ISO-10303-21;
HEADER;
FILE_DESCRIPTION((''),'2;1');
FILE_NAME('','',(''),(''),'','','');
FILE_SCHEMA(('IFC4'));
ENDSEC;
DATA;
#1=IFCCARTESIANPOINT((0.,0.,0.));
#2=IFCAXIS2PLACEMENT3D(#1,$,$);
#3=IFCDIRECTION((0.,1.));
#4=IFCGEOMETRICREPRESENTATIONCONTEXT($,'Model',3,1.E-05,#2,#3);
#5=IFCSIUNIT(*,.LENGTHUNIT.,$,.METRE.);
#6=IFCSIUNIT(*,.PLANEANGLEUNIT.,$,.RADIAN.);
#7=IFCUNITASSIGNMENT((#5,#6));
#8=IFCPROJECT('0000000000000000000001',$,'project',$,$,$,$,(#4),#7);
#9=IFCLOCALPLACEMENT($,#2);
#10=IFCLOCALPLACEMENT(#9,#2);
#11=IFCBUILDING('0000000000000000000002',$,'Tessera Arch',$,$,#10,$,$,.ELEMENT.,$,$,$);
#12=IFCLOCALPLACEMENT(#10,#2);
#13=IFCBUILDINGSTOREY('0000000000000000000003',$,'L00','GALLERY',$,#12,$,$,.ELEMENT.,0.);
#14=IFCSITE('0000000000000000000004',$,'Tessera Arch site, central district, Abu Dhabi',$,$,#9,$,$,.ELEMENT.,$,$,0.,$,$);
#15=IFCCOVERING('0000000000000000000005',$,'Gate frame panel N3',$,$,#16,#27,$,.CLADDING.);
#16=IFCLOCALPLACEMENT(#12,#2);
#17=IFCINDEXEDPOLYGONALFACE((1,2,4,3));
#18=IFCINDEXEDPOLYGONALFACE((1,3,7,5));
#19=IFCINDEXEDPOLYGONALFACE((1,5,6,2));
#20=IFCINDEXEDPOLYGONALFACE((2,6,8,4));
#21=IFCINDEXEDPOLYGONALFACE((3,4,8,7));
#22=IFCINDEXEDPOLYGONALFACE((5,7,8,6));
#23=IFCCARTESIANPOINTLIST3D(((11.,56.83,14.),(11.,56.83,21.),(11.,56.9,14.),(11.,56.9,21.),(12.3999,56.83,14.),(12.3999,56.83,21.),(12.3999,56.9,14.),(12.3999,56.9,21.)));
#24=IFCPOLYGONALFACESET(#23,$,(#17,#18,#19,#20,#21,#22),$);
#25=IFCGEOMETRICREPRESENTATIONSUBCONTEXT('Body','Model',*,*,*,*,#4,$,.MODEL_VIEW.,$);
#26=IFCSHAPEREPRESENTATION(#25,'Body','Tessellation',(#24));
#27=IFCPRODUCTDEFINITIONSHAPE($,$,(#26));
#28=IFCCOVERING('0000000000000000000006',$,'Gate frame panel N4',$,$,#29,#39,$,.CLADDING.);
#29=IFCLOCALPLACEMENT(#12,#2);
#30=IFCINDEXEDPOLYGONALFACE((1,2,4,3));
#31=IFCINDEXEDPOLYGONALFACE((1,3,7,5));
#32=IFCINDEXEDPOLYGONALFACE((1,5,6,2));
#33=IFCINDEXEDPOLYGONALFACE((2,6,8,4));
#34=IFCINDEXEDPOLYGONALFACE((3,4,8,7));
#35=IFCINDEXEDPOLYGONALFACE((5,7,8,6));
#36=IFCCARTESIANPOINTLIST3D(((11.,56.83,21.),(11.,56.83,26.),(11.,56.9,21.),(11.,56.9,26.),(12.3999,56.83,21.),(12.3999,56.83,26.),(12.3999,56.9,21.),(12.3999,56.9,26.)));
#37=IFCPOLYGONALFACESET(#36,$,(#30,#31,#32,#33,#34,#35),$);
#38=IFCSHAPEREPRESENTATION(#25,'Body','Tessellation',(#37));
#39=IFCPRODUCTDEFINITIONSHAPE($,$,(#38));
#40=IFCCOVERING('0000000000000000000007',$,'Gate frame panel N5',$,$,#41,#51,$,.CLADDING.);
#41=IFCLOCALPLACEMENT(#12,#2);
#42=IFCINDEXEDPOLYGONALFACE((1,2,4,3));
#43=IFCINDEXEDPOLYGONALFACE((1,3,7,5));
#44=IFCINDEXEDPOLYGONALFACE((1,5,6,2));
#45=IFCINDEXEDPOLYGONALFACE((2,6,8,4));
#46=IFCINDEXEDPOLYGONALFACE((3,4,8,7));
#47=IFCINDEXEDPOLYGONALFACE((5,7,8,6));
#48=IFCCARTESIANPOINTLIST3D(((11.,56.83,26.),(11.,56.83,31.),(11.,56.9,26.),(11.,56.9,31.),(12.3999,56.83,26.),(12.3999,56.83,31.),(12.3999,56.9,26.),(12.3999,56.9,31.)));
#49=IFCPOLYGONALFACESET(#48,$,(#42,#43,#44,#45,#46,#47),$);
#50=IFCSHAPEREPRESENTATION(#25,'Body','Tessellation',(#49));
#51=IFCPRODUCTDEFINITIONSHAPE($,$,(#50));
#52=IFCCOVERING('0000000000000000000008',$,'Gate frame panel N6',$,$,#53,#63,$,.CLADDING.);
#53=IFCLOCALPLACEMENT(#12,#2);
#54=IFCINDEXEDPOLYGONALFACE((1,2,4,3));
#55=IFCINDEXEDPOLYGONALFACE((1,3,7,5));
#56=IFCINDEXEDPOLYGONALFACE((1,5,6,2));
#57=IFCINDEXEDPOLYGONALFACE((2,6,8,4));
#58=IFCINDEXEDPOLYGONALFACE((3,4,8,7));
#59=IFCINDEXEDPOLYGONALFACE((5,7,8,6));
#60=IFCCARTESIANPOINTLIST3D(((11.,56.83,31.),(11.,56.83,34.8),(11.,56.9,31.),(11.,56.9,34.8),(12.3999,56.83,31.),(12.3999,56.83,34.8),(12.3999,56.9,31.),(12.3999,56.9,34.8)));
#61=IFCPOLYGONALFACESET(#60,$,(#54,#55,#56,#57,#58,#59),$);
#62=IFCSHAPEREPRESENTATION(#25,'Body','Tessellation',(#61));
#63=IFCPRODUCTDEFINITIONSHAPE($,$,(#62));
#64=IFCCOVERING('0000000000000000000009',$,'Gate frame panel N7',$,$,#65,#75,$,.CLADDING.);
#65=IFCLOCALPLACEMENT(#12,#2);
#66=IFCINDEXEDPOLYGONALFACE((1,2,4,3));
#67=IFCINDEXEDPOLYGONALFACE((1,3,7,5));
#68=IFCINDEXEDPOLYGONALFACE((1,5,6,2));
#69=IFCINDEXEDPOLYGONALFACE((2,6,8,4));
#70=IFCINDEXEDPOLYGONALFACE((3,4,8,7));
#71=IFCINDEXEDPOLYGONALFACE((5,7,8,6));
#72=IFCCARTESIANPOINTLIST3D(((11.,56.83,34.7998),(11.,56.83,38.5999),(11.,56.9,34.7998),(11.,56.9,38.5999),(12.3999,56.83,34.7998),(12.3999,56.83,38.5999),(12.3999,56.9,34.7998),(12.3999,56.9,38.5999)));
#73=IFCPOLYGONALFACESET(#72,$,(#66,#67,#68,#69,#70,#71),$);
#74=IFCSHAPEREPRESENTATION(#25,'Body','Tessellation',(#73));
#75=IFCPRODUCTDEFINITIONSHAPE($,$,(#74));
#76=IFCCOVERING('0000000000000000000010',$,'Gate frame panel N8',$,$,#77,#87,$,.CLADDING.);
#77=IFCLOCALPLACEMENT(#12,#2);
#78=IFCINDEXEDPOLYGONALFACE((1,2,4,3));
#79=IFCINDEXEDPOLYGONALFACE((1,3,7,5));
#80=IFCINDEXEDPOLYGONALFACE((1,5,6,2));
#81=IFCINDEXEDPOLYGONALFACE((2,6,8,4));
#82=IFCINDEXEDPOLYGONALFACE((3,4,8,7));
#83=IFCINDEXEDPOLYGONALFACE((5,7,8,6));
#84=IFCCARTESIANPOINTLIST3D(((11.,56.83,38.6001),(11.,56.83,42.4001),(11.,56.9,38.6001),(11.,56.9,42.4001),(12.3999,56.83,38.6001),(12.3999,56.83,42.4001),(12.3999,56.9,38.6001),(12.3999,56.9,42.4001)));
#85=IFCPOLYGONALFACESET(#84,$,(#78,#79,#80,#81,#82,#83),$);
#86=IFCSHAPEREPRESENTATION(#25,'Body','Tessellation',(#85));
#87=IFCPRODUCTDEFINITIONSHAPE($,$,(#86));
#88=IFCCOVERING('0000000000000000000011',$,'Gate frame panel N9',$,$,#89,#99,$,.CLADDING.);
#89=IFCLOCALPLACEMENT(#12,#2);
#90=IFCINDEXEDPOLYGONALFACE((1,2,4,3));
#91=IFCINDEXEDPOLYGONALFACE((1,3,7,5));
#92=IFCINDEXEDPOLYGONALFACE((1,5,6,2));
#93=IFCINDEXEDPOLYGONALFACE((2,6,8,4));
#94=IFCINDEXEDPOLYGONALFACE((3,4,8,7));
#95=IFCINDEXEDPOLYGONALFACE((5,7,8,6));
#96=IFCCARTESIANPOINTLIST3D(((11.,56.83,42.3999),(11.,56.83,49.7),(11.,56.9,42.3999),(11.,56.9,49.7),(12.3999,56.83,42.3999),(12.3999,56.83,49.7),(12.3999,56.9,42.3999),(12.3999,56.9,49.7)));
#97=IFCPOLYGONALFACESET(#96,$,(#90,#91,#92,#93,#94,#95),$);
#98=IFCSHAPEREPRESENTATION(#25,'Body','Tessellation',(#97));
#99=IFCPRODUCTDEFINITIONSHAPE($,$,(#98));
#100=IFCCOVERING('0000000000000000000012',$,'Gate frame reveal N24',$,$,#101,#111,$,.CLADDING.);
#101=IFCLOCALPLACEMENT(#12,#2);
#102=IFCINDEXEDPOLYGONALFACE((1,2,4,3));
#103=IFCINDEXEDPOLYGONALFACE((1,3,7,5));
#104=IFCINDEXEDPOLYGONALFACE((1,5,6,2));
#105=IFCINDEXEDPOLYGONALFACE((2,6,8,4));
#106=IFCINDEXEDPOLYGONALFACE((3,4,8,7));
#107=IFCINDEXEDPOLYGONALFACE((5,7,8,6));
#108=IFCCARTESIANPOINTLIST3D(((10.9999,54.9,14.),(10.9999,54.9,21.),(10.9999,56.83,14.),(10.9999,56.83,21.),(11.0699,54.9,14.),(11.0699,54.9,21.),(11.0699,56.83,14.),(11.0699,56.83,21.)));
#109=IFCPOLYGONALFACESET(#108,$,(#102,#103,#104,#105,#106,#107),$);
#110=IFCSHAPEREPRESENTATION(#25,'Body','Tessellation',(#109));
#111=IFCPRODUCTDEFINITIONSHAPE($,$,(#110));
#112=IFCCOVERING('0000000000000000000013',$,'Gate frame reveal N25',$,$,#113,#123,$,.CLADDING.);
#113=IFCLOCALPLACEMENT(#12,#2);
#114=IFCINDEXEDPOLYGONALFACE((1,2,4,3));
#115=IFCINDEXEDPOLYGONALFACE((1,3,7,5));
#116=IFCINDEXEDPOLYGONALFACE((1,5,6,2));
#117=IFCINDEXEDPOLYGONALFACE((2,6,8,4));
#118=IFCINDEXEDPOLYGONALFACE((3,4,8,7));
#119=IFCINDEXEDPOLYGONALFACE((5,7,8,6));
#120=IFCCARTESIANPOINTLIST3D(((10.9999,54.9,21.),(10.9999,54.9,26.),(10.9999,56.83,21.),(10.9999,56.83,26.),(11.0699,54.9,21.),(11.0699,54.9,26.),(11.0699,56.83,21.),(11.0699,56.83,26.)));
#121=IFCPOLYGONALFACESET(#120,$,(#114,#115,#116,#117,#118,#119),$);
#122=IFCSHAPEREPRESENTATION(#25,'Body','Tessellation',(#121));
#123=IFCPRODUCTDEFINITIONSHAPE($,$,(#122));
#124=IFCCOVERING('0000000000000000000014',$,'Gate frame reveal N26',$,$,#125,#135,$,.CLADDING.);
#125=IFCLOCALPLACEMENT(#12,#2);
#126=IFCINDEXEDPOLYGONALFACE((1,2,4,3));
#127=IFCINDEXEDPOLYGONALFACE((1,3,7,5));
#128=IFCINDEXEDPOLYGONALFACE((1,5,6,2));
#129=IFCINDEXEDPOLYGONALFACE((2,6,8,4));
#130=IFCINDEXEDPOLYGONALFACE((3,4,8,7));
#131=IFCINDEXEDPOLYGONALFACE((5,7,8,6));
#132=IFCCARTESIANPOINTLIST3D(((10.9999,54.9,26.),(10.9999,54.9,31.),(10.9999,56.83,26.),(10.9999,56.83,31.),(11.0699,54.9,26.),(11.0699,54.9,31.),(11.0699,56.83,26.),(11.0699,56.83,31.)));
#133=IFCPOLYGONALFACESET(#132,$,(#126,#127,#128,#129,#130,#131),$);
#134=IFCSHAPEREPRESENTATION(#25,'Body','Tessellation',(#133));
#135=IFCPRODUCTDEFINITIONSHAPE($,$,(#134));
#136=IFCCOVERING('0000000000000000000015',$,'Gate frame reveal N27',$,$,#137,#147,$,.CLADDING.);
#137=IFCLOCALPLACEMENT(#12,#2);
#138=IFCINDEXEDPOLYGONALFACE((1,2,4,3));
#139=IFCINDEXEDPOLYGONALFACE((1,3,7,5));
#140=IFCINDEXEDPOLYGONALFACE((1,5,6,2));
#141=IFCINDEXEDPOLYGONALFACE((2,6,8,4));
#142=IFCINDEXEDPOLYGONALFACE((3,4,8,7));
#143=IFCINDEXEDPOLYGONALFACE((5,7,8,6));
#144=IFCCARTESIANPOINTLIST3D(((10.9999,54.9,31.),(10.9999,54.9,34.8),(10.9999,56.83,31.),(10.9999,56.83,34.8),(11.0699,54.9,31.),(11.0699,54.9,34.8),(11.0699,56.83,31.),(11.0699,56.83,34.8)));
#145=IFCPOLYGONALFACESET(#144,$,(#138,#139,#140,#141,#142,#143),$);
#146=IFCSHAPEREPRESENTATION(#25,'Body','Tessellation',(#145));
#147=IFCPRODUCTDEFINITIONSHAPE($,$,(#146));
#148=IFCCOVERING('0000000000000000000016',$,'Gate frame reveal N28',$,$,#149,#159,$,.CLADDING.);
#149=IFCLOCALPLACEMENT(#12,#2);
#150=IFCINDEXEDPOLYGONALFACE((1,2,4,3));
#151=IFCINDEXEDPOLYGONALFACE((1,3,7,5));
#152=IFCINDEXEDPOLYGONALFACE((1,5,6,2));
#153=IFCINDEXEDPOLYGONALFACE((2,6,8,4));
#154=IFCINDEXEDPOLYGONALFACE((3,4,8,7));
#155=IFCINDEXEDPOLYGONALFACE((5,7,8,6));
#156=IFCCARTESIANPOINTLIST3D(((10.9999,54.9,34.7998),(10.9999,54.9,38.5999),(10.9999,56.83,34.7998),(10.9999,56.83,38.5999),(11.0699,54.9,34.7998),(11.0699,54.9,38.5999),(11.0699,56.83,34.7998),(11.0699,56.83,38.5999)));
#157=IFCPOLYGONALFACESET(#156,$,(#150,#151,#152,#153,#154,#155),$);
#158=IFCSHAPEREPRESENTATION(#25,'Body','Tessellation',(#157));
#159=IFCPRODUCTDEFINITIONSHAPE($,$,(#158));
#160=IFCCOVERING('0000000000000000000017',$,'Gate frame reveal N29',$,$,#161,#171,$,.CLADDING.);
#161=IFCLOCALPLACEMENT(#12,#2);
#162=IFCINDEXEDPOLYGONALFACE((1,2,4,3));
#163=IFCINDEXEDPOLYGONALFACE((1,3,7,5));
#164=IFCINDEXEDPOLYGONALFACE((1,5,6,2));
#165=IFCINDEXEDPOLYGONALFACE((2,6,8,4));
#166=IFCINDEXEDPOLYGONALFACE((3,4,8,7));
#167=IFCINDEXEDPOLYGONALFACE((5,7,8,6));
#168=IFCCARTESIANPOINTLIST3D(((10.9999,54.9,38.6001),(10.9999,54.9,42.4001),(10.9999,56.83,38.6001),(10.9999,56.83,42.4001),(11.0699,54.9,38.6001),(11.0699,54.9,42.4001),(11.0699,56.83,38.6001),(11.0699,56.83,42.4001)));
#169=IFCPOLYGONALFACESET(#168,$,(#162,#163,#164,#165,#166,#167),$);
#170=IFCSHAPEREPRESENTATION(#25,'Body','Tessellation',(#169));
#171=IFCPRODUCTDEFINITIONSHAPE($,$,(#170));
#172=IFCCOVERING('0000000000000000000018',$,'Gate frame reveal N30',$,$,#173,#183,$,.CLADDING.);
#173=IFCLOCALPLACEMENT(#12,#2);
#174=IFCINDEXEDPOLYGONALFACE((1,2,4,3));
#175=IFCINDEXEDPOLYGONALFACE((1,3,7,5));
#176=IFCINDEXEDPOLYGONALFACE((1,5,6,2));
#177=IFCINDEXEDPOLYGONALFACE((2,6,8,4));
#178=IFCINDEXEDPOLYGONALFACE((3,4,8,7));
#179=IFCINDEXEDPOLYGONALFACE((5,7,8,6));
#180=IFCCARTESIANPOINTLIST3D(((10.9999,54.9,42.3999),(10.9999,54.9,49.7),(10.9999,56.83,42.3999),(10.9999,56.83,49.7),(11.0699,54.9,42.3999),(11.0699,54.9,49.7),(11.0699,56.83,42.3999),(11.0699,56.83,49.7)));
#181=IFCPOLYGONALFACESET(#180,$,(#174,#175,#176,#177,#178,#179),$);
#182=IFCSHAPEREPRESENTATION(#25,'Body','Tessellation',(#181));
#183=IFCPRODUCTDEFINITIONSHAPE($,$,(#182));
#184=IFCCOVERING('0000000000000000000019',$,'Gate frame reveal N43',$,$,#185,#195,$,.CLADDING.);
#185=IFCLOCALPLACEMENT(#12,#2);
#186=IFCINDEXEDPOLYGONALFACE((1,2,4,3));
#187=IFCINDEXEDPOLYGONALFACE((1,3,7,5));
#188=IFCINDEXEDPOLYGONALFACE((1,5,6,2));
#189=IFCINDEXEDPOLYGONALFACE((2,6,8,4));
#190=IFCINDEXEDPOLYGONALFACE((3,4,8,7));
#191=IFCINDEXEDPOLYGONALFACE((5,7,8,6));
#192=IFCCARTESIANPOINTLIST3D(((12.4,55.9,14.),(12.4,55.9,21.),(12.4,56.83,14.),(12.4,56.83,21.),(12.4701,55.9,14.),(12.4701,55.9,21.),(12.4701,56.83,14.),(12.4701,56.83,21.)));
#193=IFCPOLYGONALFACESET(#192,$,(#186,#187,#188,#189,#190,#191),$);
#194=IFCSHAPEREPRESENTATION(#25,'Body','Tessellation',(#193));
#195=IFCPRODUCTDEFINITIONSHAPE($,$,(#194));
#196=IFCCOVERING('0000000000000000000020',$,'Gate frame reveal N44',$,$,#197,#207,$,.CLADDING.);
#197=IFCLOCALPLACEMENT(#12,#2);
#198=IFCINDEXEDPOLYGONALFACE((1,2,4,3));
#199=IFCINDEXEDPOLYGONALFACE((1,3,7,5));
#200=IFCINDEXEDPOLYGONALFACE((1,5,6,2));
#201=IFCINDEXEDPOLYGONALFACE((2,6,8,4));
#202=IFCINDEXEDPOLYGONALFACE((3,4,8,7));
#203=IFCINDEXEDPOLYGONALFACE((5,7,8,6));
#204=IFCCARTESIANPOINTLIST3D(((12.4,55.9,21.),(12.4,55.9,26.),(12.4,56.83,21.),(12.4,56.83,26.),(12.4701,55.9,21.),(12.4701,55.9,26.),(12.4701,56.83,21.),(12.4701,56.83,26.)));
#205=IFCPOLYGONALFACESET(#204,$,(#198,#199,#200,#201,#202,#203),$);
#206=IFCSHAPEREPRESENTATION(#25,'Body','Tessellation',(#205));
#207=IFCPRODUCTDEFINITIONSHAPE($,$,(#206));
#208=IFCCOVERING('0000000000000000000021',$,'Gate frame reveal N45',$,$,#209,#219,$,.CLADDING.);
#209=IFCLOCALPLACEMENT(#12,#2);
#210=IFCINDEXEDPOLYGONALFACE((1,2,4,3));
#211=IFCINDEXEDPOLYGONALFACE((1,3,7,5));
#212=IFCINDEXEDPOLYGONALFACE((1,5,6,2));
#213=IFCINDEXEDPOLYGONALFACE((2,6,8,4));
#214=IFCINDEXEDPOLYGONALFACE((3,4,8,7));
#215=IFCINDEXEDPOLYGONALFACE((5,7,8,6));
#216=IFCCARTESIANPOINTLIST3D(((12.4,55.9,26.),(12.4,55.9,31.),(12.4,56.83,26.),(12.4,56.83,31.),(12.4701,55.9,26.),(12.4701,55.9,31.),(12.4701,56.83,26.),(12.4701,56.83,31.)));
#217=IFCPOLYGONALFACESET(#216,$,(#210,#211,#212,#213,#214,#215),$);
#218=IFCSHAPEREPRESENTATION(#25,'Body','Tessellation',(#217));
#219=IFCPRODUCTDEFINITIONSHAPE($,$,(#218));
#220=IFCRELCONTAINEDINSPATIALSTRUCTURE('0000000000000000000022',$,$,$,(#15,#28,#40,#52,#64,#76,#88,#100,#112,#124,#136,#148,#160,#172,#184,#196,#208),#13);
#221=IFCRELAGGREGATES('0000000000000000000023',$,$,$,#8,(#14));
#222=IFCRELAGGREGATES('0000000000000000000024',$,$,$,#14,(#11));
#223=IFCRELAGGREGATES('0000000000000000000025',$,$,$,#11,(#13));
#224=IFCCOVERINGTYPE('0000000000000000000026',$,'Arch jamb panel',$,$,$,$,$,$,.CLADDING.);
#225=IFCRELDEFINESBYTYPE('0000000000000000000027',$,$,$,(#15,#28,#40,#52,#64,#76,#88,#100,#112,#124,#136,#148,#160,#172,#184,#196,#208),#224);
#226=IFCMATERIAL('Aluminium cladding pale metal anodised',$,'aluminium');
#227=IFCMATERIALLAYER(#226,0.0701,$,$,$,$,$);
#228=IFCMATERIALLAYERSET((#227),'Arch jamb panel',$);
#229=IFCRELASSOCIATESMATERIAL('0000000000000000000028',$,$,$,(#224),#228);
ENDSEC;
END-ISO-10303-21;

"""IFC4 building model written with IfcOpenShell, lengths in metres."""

from ifc_helpers import new_model, si_unit, direction, frame, origin, origin_2d, place, context, subcontext, project, spatial, rectangle, extrude, material, layer, layer_set, type_object, element, save


model = new_model("IFC4")

# Units and contexts
model_context = context("Model", 3, precision=1e-05, world=origin(), true_north=direction((0.0, 1.0)))
body_context = subcontext(model_context, "Body", "Model", "MODEL_VIEW")
ifc_project = project(units=[si_unit("LENGTHUNIT", "METRE"), si_unit("PLANEANGLEUNIT", "RADIAN")], contexts=[model_context])

# Site, building, storey
site_placement = place(None, origin())
site = spatial("IfcSite", under=ifc_project, at=site_placement, Name="Tessera Arch site, central district, Abu Dhabi", CompositionType="ELEMENT", RefElevation=0.0)
building_placement = place(site_placement, origin())
building = spatial("IfcBuilding", under=site, at=building_placement, Name="Tessera Arch", CompositionType="ELEMENT")
storey_placement = place(building_placement, origin())
storey = spatial("IfcBuildingStorey", under=building, at=storey_placement, Name="L00", Description="GALLERY", CompositionType="ELEMENT", Elevation=0.0)

# Coverings
ifc_material = material(Name="Aluminium cladding pale metal anodised", Category="aluminium")
ifc_layer = layer(ifc_material, 0.0701)
ifc_layer_set = layer_set([ifc_layer], Name="Arch jamb panel")
covering_type = type_object("IfcCoveringType", Name="Arch jamb panel", PredefinedType="CLADDING", material=ifc_layer_set)
covering_1_placement = place(storey_placement, frame((11.7, 56.865, 14.0), z_axis=(0.0, 0.0, 1.0), x_axis=(1.0, 0.0, 0.0)))
element("IfcCovering", 1, at=covering_1_placement, inside=storey, type_object=covering_type, Name="Gate frame panel N3", PredefinedType="CLADDING", context=body_context, shape_type="SweptSolid", body=[
    extrude(rectangle(XDim=1.3999, YDim=0.0701, at=origin_2d()), origin(), (0.0, 0.0, 1.0), 7.0),
])
for number, where, z_axis, x_axis, name in (
    (2, (11.7, 56.865, 21.0), (0.0, 0.0, 1.0), (1.0, 0.0, 0.0), "Gate frame panel N4"),
    (3, (11.7, 56.865, 26.0), (0.0, 0.0, 1.0), (1.0, 0.0, 0.0), "Gate frame panel N5"),
):
    element("IfcCovering", number, at=place(storey_placement, frame(where, z_axis=z_axis, x_axis=x_axis)), inside=storey, type_object=covering_type, Name=name, PredefinedType="CLADDING", context=body_context, shape_type="SweptSolid", body=[
        extrude(rectangle(XDim=1.3999, YDim=0.0701, at=origin_2d()), origin(), (0.0, 0.0, 1.0), 5.0),
    ])
for number, where, z_axis, x_axis, name in (
    (4, (11.7, 56.865, 31.0), (0.0, 0.0, 1.0), (1.0, 0.0, 0.0), "Gate frame panel N6"),
    (5, (11.7, 56.865, 34.7998), (0.0, 0.0, 1.0), (1.0, 0.0, 0.0), "Gate frame panel N7"),
    (6, (11.7, 56.865, 38.6001), (0.0, 0.0, 1.0), (1.0, 0.0, 0.0), "Gate frame panel N8"),
):
    element("IfcCovering", number, at=place(storey_placement, frame(where, z_axis=z_axis, x_axis=x_axis)), inside=storey, type_object=covering_type, Name=name, PredefinedType="CLADDING", context=body_context, shape_type="SweptSolid", body=[
        extrude(rectangle(XDim=1.3999, YDim=0.0701, at=origin_2d()), origin(), (0.0, 0.0, 1.0), 3.8),
    ])
covering_2_placement = place(storey_placement, frame((11.7, 56.865, 42.3999), z_axis=(0.0, 0.0, 1.0), x_axis=(1.0, 0.0, 0.0)))
element("IfcCovering", 7, at=covering_2_placement, inside=storey, type_object=covering_type, Name="Gate frame panel N9", PredefinedType="CLADDING", context=body_context, shape_type="SweptSolid", body=[
    extrude(rectangle(XDim=1.3999, YDim=0.0701, at=origin_2d()), origin(), (0.0, 0.0, 1.0), 7.3),
])
covering_3_placement = place(storey_placement, frame((11.0349, 55.865, 14.0), z_axis=(0.0, 0.0, 1.0), x_axis=(1.0, 0.0, 0.0)))
element("IfcCovering", 8, at=covering_3_placement, inside=storey, type_object=covering_type, Name="Gate frame reveal N24", PredefinedType="CLADDING", context=body_context, shape_type="SweptSolid", body=[
    extrude(rectangle(XDim=0.0701, YDim=1.9299, at=origin_2d()), origin(), (0.0, 0.0, 1.0), 7.0),
])
for number, where, z_axis, x_axis, name in (
    (9, (11.0349, 55.865, 21.0), (0.0, 0.0, 1.0), (1.0, 0.0, 0.0), "Gate frame reveal N25"),
    (10, (11.0349, 55.865, 26.0), (0.0, 0.0, 1.0), (1.0, 0.0, 0.0), "Gate frame reveal N26"),
):
    element("IfcCovering", number, at=place(storey_placement, frame(where, z_axis=z_axis, x_axis=x_axis)), inside=storey, type_object=covering_type, Name=name, PredefinedType="CLADDING", context=body_context, shape_type="SweptSolid", body=[
        extrude(rectangle(XDim=0.0701, YDim=1.9299, at=origin_2d()), origin(), (0.0, 0.0, 1.0), 5.0),
    ])
for number, where, z_axis, x_axis, name in (
    (11, (11.0349, 55.865, 31.0), (0.0, 0.0, 1.0), (1.0, 0.0, 0.0), "Gate frame reveal N27"),
    (12, (11.0349, 55.865, 34.7998), (0.0, 0.0, 1.0), (1.0, 0.0, 0.0), "Gate frame reveal N28"),
    (13, (11.0349, 55.865, 38.6001), (0.0, 0.0, 1.0), (1.0, 0.0, 0.0), "Gate frame reveal N29"),
):
    element("IfcCovering", number, at=place(storey_placement, frame(where, z_axis=z_axis, x_axis=x_axis)), inside=storey, type_object=covering_type, Name=name, PredefinedType="CLADDING", context=body_context, shape_type="SweptSolid", body=[
        extrude(rectangle(XDim=0.0701, YDim=1.9299, at=origin_2d()), origin(), (0.0, 0.0, 1.0), 3.8),
    ])
covering_4_placement = place(storey_placement, frame((11.0349, 55.865, 42.3999), z_axis=(0.0, 0.0, 1.0), x_axis=(1.0, 0.0, 0.0)))
element("IfcCovering", 14, at=covering_4_placement, inside=storey, type_object=covering_type, Name="Gate frame reveal N30", PredefinedType="CLADDING", context=body_context, shape_type="SweptSolid", body=[
    extrude(rectangle(XDim=0.0701, YDim=1.9299, at=origin_2d()), origin(), (0.0, 0.0, 1.0), 7.3),
])
covering_5_placement = place(storey_placement, frame((12.4351, 56.365, 14.0), z_axis=(0.0, 0.0, 1.0), x_axis=(1.0, 0.0, 0.0)))
element("IfcCovering", 15, at=covering_5_placement, inside=storey, type_object=covering_type, Name="Gate frame reveal N43", PredefinedType="CLADDING", context=body_context, shape_type="SweptSolid", body=[
    extrude(rectangle(XDim=0.0701, YDim=0.9299, at=origin_2d()), origin(), (0.0, 0.0, 1.0), 7.0),
])
for number, where, z_axis, x_axis, name in (
    (16, (12.4351, 56.365, 21.0), (0.0, 0.0, 1.0), (1.0, 0.0, 0.0), "Gate frame reveal N44"),
    (17, (12.4351, 56.365, 26.0), (0.0, 0.0, 1.0), (1.0, 0.0, 0.0), "Gate frame reveal N45"),
):
    element("IfcCovering", number, at=place(storey_placement, frame(where, z_axis=z_axis, x_axis=x_axis)), inside=storey, type_object=covering_type, Name=name, PredefinedType="CLADDING", context=body_context, shape_type="SweptSolid", body=[
        extrude(rectangle(XDim=0.0701, YDim=0.9299, at=origin_2d()), origin(), (0.0, 0.0, 1.0), 5.0),
    ])

save(model, "model.ifc")
